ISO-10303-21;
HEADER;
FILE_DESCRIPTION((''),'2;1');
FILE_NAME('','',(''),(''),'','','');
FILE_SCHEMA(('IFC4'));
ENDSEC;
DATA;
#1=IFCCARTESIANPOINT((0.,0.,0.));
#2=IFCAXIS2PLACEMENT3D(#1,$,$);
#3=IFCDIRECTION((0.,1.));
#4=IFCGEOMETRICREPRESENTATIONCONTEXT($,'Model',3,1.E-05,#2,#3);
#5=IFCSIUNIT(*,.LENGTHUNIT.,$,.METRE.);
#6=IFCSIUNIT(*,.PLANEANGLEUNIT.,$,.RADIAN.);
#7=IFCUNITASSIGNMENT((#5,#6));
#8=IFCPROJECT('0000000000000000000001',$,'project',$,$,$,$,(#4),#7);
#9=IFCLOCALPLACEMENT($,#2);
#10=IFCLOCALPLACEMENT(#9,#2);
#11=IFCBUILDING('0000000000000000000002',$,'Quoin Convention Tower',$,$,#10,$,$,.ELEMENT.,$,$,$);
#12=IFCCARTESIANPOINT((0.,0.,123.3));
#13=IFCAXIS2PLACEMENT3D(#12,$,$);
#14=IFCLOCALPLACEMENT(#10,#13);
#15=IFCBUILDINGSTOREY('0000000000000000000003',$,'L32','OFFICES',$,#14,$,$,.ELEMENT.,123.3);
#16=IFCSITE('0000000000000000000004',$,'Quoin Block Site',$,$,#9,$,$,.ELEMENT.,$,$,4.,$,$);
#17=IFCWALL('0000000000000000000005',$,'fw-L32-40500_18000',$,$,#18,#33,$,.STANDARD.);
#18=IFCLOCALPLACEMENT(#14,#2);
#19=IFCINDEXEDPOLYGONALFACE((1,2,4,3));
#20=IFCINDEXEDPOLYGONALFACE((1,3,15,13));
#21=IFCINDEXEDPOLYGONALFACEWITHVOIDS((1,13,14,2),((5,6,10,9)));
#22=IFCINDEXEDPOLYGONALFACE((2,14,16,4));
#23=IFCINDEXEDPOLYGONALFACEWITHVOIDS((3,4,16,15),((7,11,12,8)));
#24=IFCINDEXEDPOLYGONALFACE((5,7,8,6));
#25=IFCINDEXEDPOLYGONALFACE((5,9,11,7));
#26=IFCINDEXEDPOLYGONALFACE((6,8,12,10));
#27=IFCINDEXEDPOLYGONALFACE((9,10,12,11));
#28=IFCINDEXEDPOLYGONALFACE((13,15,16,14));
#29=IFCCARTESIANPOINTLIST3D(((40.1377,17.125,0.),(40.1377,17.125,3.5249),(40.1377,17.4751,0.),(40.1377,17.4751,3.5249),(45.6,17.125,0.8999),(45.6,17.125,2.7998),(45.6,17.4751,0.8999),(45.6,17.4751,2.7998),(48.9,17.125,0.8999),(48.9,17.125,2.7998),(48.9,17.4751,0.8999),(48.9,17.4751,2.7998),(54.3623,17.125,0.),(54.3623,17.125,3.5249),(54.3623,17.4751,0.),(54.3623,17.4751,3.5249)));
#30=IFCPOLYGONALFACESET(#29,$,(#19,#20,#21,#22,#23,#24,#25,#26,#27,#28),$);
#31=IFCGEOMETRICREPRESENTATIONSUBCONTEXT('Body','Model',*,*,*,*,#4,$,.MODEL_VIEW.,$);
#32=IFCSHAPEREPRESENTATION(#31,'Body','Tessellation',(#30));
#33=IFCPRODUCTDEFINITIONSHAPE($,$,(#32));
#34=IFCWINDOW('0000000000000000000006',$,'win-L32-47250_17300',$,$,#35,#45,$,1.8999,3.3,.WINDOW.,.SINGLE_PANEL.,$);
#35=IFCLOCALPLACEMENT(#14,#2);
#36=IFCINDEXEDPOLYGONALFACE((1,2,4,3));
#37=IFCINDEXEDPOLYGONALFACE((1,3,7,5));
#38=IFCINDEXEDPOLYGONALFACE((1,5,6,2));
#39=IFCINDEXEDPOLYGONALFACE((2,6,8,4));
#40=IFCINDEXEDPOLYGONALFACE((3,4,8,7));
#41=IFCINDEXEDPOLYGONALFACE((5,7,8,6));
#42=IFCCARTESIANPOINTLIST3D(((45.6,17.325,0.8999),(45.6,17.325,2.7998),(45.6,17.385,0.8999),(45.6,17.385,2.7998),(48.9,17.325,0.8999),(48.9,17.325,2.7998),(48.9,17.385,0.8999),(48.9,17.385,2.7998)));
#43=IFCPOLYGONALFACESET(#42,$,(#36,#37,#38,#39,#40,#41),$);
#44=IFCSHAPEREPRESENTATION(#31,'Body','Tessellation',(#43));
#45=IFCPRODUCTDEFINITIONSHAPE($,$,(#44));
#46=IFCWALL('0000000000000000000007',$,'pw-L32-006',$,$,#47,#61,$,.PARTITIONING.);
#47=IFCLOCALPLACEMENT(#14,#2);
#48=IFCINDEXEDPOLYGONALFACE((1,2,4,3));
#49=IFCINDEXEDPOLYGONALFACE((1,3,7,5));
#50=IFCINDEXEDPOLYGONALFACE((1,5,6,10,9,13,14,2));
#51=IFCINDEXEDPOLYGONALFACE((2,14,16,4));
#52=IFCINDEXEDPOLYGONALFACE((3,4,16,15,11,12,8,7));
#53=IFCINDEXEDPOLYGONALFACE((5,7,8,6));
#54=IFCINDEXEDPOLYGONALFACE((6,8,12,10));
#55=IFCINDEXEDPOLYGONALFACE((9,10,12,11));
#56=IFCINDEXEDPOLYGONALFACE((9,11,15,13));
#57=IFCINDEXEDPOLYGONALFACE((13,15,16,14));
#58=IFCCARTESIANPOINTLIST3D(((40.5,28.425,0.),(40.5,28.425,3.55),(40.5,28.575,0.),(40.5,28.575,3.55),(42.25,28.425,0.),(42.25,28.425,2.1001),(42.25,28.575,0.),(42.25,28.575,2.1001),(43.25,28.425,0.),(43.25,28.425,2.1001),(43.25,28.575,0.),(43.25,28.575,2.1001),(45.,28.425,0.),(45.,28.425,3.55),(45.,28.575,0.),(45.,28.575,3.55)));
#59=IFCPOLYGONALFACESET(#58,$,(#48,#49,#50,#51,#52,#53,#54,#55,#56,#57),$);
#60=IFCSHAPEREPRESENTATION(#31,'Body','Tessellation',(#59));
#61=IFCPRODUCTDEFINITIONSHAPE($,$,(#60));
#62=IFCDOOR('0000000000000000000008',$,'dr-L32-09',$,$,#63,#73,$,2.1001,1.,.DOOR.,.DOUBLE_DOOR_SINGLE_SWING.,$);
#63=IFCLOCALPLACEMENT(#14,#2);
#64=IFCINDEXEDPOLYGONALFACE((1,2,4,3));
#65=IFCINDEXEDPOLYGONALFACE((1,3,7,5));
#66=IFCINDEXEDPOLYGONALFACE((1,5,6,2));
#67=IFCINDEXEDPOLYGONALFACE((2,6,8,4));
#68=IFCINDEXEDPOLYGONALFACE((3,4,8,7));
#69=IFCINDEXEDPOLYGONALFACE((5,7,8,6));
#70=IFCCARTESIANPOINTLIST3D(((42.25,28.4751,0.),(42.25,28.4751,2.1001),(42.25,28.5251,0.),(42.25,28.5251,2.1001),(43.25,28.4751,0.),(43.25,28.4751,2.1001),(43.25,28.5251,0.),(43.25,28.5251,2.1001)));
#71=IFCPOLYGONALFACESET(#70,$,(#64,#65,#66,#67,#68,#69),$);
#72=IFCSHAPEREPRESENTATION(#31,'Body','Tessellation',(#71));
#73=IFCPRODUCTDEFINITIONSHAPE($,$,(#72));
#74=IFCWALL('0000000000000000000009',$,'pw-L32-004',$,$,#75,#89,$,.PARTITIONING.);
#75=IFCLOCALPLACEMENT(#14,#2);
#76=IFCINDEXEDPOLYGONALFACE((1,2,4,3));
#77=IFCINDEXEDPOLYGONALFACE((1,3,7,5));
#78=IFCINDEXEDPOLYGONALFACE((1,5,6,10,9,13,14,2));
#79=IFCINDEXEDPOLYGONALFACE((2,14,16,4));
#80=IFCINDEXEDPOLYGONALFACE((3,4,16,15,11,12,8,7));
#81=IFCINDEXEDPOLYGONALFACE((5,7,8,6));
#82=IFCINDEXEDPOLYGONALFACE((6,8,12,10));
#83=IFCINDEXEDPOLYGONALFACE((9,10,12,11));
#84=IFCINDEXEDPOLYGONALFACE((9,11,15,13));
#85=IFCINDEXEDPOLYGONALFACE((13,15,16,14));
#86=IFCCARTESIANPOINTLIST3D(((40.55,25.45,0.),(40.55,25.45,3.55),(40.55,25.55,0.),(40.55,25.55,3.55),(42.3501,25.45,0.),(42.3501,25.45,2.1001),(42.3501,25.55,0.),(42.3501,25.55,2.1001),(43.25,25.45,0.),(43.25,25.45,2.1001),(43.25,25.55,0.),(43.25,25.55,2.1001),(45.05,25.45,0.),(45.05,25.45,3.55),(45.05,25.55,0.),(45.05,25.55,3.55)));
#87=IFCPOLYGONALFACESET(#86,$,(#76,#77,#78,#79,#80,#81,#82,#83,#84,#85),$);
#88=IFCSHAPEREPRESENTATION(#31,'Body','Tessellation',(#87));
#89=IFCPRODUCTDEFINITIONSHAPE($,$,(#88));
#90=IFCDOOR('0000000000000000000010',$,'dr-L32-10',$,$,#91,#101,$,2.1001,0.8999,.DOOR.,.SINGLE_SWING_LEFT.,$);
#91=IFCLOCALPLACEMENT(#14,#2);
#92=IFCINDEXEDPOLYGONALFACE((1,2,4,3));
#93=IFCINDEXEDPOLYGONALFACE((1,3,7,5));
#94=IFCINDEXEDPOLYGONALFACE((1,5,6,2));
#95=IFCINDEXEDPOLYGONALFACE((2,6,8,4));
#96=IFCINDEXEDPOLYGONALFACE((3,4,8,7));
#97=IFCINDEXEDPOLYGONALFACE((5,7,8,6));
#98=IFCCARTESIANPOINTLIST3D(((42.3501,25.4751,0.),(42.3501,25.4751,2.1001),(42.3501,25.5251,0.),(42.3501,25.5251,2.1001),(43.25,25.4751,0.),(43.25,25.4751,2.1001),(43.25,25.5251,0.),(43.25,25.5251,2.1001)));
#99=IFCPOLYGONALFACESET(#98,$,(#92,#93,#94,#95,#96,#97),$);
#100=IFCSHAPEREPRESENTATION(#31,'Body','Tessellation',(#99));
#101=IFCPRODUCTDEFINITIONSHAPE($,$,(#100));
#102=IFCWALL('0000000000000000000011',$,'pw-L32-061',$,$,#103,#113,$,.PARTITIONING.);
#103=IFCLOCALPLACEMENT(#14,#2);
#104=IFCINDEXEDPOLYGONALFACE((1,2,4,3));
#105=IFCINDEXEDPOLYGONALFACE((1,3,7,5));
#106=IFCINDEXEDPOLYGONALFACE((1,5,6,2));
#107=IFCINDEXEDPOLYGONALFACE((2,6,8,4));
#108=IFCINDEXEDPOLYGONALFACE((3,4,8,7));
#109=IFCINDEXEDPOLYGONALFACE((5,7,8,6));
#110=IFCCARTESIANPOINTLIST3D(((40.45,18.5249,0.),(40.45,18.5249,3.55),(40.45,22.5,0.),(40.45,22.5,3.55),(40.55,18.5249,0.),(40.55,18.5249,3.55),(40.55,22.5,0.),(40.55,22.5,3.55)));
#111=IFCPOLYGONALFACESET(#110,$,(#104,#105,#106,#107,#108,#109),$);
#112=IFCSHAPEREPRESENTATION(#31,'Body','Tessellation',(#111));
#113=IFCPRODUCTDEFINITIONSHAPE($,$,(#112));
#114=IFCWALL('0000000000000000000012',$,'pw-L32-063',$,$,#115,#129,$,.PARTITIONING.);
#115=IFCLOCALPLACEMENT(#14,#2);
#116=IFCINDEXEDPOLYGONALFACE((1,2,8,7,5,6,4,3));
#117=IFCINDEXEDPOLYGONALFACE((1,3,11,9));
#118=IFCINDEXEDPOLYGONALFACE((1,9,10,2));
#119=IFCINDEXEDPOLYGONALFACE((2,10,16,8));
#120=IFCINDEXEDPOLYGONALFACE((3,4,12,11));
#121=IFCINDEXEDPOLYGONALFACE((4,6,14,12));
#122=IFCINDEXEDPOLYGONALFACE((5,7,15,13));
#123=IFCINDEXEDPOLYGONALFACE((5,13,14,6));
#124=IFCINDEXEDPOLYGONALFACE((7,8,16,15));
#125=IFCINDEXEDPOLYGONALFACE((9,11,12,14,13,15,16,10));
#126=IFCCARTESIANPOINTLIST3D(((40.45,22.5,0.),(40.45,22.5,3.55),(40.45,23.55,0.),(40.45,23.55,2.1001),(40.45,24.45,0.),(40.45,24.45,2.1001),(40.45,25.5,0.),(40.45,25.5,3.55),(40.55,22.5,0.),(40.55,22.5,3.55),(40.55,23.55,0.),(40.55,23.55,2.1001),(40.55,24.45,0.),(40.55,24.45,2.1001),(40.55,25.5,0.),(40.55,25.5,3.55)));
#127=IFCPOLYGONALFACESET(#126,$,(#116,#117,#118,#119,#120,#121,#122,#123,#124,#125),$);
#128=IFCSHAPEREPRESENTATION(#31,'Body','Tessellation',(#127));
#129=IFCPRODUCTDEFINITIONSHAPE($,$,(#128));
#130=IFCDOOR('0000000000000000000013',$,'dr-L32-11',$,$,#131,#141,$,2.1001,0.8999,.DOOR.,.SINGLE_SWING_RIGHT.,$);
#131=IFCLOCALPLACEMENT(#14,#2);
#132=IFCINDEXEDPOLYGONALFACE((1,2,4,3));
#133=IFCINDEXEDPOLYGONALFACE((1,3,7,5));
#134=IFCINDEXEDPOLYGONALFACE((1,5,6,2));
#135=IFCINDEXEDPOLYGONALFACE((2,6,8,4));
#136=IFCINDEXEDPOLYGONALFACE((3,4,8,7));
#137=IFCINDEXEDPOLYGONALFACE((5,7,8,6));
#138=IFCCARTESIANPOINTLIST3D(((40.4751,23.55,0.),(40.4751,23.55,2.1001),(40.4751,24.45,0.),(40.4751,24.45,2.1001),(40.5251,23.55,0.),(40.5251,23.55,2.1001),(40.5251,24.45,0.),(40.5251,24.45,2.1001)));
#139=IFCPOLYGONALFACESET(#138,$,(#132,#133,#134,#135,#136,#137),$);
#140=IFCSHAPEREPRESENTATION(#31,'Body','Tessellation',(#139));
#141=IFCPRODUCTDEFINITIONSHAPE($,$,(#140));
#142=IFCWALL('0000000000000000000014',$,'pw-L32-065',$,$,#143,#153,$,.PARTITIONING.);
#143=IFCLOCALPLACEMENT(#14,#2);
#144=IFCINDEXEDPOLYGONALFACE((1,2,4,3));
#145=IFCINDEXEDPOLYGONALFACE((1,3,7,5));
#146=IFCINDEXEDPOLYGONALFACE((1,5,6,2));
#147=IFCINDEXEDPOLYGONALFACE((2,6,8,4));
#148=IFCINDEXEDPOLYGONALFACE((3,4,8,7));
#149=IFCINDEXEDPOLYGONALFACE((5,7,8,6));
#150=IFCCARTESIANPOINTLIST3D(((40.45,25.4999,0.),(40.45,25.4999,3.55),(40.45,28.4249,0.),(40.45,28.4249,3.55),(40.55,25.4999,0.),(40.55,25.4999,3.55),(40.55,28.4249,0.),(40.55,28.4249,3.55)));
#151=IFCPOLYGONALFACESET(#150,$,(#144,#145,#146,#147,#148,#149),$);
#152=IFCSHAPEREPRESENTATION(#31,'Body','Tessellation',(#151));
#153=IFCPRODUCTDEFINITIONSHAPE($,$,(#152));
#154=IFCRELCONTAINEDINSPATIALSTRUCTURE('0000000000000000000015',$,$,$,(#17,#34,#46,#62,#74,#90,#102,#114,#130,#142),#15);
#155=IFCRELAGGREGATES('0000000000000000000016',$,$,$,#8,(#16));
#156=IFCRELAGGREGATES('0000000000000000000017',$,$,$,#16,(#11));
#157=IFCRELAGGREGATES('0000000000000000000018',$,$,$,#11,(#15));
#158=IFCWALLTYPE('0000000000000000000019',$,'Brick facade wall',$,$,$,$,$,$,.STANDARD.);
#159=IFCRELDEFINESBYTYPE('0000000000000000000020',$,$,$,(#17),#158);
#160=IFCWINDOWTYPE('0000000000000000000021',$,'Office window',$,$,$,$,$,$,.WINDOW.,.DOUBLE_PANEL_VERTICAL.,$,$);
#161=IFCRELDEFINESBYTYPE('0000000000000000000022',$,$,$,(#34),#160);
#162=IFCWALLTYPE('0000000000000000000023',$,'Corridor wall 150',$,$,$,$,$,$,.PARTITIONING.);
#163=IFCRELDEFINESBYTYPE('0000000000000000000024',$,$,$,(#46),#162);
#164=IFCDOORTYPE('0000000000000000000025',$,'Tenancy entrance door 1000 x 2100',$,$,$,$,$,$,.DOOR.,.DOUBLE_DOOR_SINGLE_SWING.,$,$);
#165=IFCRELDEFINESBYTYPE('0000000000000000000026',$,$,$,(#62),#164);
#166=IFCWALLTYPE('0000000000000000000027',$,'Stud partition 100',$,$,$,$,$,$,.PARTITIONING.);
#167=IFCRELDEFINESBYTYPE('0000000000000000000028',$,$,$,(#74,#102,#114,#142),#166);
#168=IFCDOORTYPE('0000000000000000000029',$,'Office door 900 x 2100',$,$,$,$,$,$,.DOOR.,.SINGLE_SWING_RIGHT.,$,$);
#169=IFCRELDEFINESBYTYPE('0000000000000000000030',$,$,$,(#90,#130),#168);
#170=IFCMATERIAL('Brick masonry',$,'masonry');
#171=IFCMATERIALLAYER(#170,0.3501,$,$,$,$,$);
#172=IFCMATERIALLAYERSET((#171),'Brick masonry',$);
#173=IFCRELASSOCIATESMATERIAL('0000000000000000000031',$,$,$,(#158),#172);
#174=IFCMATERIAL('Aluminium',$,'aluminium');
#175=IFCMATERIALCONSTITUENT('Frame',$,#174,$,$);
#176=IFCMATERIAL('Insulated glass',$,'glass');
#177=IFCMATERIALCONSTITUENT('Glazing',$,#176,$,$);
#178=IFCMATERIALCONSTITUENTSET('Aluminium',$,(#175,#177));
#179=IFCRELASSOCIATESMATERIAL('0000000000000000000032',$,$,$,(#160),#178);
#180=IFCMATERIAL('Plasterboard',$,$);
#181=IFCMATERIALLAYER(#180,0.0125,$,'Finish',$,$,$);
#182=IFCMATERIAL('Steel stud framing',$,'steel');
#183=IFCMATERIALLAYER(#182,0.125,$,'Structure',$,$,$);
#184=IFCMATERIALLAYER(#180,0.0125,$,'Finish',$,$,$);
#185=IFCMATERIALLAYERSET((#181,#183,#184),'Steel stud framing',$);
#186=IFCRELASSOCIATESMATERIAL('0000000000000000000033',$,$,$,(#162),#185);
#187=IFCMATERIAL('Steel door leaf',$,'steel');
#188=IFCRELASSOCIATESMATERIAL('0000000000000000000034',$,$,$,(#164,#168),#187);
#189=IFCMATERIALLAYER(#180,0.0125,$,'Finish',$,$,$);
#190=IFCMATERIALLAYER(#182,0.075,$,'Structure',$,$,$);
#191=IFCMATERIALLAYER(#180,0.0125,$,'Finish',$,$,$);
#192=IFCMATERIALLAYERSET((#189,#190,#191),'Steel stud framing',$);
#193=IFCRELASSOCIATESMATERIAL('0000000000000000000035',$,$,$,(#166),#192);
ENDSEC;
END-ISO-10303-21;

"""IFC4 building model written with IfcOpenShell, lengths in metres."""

from ifc_helpers import new_model, si_unit, direction, frame, frame_2d, origin, place, context, subcontext, project, spatial, rectangle, extrude, material, layer, layer_set, constituent, constituent_set, type_object, element, fill, save


model = new_model("IFC4")

# Units and contexts
model_context = context("Model", 3, precision=1e-05, world=origin(), true_north=direction((0.0, 1.0)))
body_context = subcontext(model_context, "Body", "Model", "MODEL_VIEW")
ifc_project = project(units=[si_unit("LENGTHUNIT", "METRE"), si_unit("PLANEANGLEUNIT", "RADIAN")], contexts=[model_context])

# Site, building, storey
site_placement = place(None, origin())
site = spatial("IfcSite", under=ifc_project, at=site_placement, Name="Quoin Block Site", CompositionType="ELEMENT", RefElevation=4.0)
building_placement = place(site_placement, origin())
building = spatial("IfcBuilding", under=site, at=building_placement, Name="Quoin Convention Tower", CompositionType="ELEMENT")
storey_placement = place(building_placement, frame((0.0, 0.0, 123.3)))
storey = spatial("IfcBuildingStorey", under=building, at=storey_placement, Name="L32", Description="OFFICES", CompositionType="ELEMENT", Elevation=123.3)

# Wall, opening, window
ifc_material_1 = material(Name="Brick masonry", Category="masonry")
ifc_layer_1 = layer(ifc_material_1, 0.3501)
ifc_layer_set_1 = layer_set([ifc_layer_1], Name="Brick masonry")
wall_type_1 = type_object("IfcWallType", Name="Brick facade wall", PredefinedType="STANDARD", material=ifc_layer_set_1)
wall_1_placement = place(storey_placement, frame((40.1377, 17.3, 0.0), z_axis=(0.0, 0.0, 1.0), x_axis=(1.0, 0.0, 0.0)))
wall_1 = element("IfcWall", 1, at=wall_1_placement, inside=storey, type_object=wall_type_1, Name="fw-L32-40500_18000", PredefinedType="STANDARD", context=body_context, shape_type="SweptSolid", body=[
    extrude(rectangle(XDim=14.2246, YDim=0.3501, at=frame_2d((7.1123, 0.0))), origin(), (0.0, 0.0, 1.0), 3.5249),
])
opening_1_placement = place(wall_1_placement, frame((5.4624, 0.0, 0.8999)))
opening_1 = element("IfcOpeningElement", 2, at=opening_1_placement, cuts=wall_1, PredefinedType="OPENING", context=body_context, shape_type="SweptSolid", body=[
    extrude(rectangle(XDim=3.3, YDim=1.8999, at=frame_2d((1.6499, 0.95))), frame((0.0, 0.1851, 0.0), z_axis=(0.0, -1.0, 0.0), x_axis=(1.0, 0.0, 0.0)), (0.0, 0.0, 1.0), 0.3701),
])
ifc_material_2 = material(Name="Aluminium", Category="aluminium")
ifc_constituent_1 = constituent(ifc_material_2, Name="Frame")
ifc_material_3 = material(Name="Insulated glass", Category="glass")
ifc_constituent_2 = constituent(ifc_material_3, Name="Glazing")
ifc_constituent_set = constituent_set(constituents=[ifc_constituent_1, ifc_constituent_2], Name="Aluminium")
window_type = type_object("IfcWindowType", Name="Office window", PartitioningType="DOUBLE_PANEL_VERTICAL", PredefinedType="WINDOW", material=ifc_constituent_set)
window_placement = place(opening_1_placement, origin())
window = element("IfcWindow", 3, at=window_placement, inside=storey, type_object=window_type, Name="win-L32-47250_17300", OverallHeight=1.8999, OverallWidth=3.3, PartitioningType="SINGLE_PANEL", PredefinedType="WINDOW", context=body_context, shape_type="SweptSolid", body=[
    extrude(rectangle(XDim=3.3, YDim=1.8999, at=frame_2d((1.6499, 0.95))), frame((0.0, 0.085, 0.0), z_axis=(0.0, -1.0, 0.0), x_axis=(1.0, 0.0, 0.0)), (0.0, 0.0, 1.0), 0.0601),
])
fill(opening_1, window)

# Walls, openings, doors
ifc_material_4 = material(Name="Plasterboard")
ifc_layer_2 = layer(ifc_material_4, 0.0125, Name="Finish")
ifc_material_5 = material(Name="Steel stud framing", Category="steel")
ifc_layer_3 = layer(ifc_material_5, 0.125, Name="Structure")
ifc_layer_4 = layer(ifc_material_4, 0.0125, Name="Finish")
ifc_layer_set_2 = layer_set([ifc_layer_2, ifc_layer_3, ifc_layer_4], Name="Steel stud framing")
wall_type_2 = type_object("IfcWallType", Name="Corridor wall 150", PredefinedType="PARTITIONING", material=ifc_layer_set_2)
wall_2_placement = place(storey_placement, frame((40.5, 28.5, 0.0), z_axis=(0.0, 0.0, 1.0), x_axis=(1.0, 0.0, 0.0)))
wall_2 = element("IfcWall", 4, at=wall_2_placement, inside=storey, type_object=wall_type_2, Name="pw-L32-006", PredefinedType="PARTITIONING", context=body_context, shape_type="SweptSolid", body=[
    extrude(rectangle(XDim=4.5, YDim=0.1499, at=frame_2d((2.25, 0.0))), origin(), (0.0, 0.0, 1.0), 3.55),
])
opening_2_placement = place(wall_2_placement, frame((1.75, 0.0, 0.0)))
opening_2 = element("IfcOpeningElement", 5, at=opening_2_placement, cuts=wall_2, PredefinedType="OPENING", context=body_context, shape_type="SweptSolid", body=[
    extrude(rectangle(XDim=1.0, YDim=2.1001, at=frame_2d((0.5, 1.05))), frame((0.0, 0.085, 0.0), z_axis=(0.0, -1.0, 0.0), x_axis=(1.0, 0.0, 0.0)), (0.0, 0.0, 1.0), 0.1699),
])
ifc_material_6 = material(Name="Steel door leaf", Category="steel")
door_type_1 = type_object("IfcDoorType", Name="Tenancy entrance door 1000 x 2100", OperationType="DOUBLE_DOOR_SINGLE_SWING", PredefinedType="DOOR", material=ifc_material_6)
door_1_placement = place(opening_2_placement, frame((1.0, 0.0, 0.0), z_axis=(0.0, 0.0, 1.0), x_axis=(-1.0, 0.0, 0.0)))
door_1 = element("IfcDoor", 6, at=door_1_placement, inside=storey, type_object=door_type_1, Name="dr-L32-09", OperationType="DOUBLE_DOOR_SINGLE_SWING", OverallHeight=2.1001, OverallWidth=1.0, PredefinedType="DOOR", context=body_context, shape_type="SweptSolid", body=[
    extrude(rectangle(XDim=1.0, YDim=2.1001, at=frame_2d((0.5, 1.05))), frame((0.0, 0.0249, 0.0), z_axis=(0.0, -1.0, 0.0), x_axis=(1.0, 0.0, 0.0)), (0.0, 0.0, 1.0), 0.05),
])
fill(opening_2, door_1)
ifc_layer_5 = layer(ifc_material_4, 0.0125, Name="Finish")
ifc_layer_6 = layer(ifc_material_5, 0.075, Name="Structure")
ifc_layer_7 = layer(ifc_material_4, 0.0125, Name="Finish")
ifc_layer_set_3 = layer_set([ifc_layer_5, ifc_layer_6, ifc_layer_7], Name="Steel stud framing")
wall_type_3 = type_object("IfcWallType", Name="Stud partition 100", PredefinedType="PARTITIONING", material=ifc_layer_set_3)
wall_3_placement = place(storey_placement, frame((40.55, 25.5, 0.0), z_axis=(0.0, 0.0, 1.0), x_axis=(1.0, 0.0, 0.0)))
wall_3 = element("IfcWall", 7, at=wall_3_placement, inside=storey, type_object=wall_type_3, Name="pw-L32-004", PredefinedType="PARTITIONING", context=body_context, shape_type="SweptSolid", body=[
    extrude(rectangle(XDim=4.5, YDim=0.1001, at=frame_2d((2.25, 0.0))), origin(), (0.0, 0.0, 1.0), 3.55),
])
opening_3_placement = place(wall_3_placement, frame((1.8, 0.0, 0.0)))
opening_3 = element("IfcOpeningElement", 8, at=opening_3_placement, cuts=wall_3, PredefinedType="OPENING", context=body_context, shape_type="SweptSolid", body=[
    extrude(rectangle(XDim=0.8999, YDim=2.1001, at=frame_2d((0.45, 1.05))), frame((0.0, 0.0601, 0.0), z_axis=(0.0, -1.0, 0.0), x_axis=(1.0, 0.0, 0.0)), (0.0, 0.0, 1.0), 0.1201),
])
door_type_2 = type_object("IfcDoorType", Name="Office door 900 x 2100", OperationType="SINGLE_SWING_RIGHT", PredefinedType="DOOR", material=ifc_material_6)
door_2_placement = place(opening_3_placement, frame((0.8999, 0.0, 0.0), z_axis=(0.0, 0.0, 1.0), x_axis=(-1.0, 0.0, 0.0)))
door_2 = element("IfcDoor", 9, at=door_2_placement, inside=storey, type_object=door_type_2, Name="dr-L32-10", OperationType="SINGLE_SWING_LEFT", OverallHeight=2.1001, OverallWidth=0.8999, PredefinedType="DOOR", context=body_context, shape_type="SweptSolid", body=[
    extrude(rectangle(XDim=0.8999, YDim=2.1001, at=frame_2d((0.45, 1.05))), frame((0.0, 0.0249, 0.0), z_axis=(0.0, -1.0, 0.0), x_axis=(1.0, 0.0, 0.0)), (0.0, 0.0, 1.0), 0.05),
])
fill(opening_3, door_2)

# Wall
wall_4_placement = place(storey_placement, frame((40.5, 18.5249, 0.0), z_axis=(0.0, 0.0, 1.0), x_axis=(0.0, 1.0, 0.0)))
element("IfcWall", 10, at=wall_4_placement, inside=storey, type_object=wall_type_3, Name="pw-L32-061", PredefinedType="PARTITIONING", context=body_context, shape_type="SweptSolid", body=[
    extrude(rectangle(XDim=3.9751, YDim=0.1001, at=frame_2d((1.9875, 0.0))), origin(), (0.0, 0.0, 1.0), 3.55),
])

# Wall, opening, door
wall_5_placement = place(storey_placement, frame((40.5, 22.5, 0.0), z_axis=(0.0, 0.0, 1.0), x_axis=(0.0, 1.0, 0.0)))
wall_5 = element("IfcWall", 11, at=wall_5_placement, inside=storey, type_object=wall_type_3, Name="pw-L32-063", PredefinedType="PARTITIONING", context=body_context, shape_type="SweptSolid", body=[
    extrude(rectangle(XDim=3.0, YDim=0.1001, at=frame_2d((1.5, 0.0))), origin(), (0.0, 0.0, 1.0), 3.55),
])
opening_4_placement = place(wall_5_placement, frame((1.05, 0.0, 0.0)))
opening_4 = element("IfcOpeningElement", 12, at=opening_4_placement, cuts=wall_5, PredefinedType="OPENING", context=body_context, shape_type="SweptSolid", body=[
    extrude(rectangle(XDim=0.8999, YDim=2.1001, at=frame_2d((0.45, 1.05))), frame((0.0, 0.0601, 0.0), z_axis=(0.0, -1.0, 0.0), x_axis=(1.0, 0.0, 0.0)), (0.0, 0.0, 1.0), 0.1201),
])
door_3_placement = place(opening_4_placement, origin())
door_3 = element("IfcDoor", 13, at=door_3_placement, inside=storey, type_object=door_type_2, Name="dr-L32-11", OperationType="SINGLE_SWING_RIGHT", OverallHeight=2.1001, OverallWidth=0.8999, PredefinedType="DOOR", context=body_context, shape_type="SweptSolid", body=[
    extrude(rectangle(XDim=0.8999, YDim=2.1001, at=frame_2d((0.45, 1.05))), frame((0.0, 0.0249, 0.0), z_axis=(0.0, -1.0, 0.0), x_axis=(1.0, 0.0, 0.0)), (0.0, 0.0, 1.0), 0.05),
])
fill(opening_4, door_3)

# Wall
wall_6_placement = place(storey_placement, frame((40.5, 25.5, 0.0), z_axis=(0.0, 0.0, 1.0), x_axis=(0.0, 1.0, 0.0)))
element("IfcWall", 14, at=wall_6_placement, inside=storey, type_object=wall_type_3, Name="pw-L32-065", PredefinedType="PARTITIONING", context=body_context, shape_type="SweptSolid", body=[
    extrude(rectangle(XDim=2.925, YDim=0.1001, at=frame_2d((1.4624, 0.0))), origin(), (0.0, 0.0, 1.0), 3.55),
])

save(model, "model.ifc")
